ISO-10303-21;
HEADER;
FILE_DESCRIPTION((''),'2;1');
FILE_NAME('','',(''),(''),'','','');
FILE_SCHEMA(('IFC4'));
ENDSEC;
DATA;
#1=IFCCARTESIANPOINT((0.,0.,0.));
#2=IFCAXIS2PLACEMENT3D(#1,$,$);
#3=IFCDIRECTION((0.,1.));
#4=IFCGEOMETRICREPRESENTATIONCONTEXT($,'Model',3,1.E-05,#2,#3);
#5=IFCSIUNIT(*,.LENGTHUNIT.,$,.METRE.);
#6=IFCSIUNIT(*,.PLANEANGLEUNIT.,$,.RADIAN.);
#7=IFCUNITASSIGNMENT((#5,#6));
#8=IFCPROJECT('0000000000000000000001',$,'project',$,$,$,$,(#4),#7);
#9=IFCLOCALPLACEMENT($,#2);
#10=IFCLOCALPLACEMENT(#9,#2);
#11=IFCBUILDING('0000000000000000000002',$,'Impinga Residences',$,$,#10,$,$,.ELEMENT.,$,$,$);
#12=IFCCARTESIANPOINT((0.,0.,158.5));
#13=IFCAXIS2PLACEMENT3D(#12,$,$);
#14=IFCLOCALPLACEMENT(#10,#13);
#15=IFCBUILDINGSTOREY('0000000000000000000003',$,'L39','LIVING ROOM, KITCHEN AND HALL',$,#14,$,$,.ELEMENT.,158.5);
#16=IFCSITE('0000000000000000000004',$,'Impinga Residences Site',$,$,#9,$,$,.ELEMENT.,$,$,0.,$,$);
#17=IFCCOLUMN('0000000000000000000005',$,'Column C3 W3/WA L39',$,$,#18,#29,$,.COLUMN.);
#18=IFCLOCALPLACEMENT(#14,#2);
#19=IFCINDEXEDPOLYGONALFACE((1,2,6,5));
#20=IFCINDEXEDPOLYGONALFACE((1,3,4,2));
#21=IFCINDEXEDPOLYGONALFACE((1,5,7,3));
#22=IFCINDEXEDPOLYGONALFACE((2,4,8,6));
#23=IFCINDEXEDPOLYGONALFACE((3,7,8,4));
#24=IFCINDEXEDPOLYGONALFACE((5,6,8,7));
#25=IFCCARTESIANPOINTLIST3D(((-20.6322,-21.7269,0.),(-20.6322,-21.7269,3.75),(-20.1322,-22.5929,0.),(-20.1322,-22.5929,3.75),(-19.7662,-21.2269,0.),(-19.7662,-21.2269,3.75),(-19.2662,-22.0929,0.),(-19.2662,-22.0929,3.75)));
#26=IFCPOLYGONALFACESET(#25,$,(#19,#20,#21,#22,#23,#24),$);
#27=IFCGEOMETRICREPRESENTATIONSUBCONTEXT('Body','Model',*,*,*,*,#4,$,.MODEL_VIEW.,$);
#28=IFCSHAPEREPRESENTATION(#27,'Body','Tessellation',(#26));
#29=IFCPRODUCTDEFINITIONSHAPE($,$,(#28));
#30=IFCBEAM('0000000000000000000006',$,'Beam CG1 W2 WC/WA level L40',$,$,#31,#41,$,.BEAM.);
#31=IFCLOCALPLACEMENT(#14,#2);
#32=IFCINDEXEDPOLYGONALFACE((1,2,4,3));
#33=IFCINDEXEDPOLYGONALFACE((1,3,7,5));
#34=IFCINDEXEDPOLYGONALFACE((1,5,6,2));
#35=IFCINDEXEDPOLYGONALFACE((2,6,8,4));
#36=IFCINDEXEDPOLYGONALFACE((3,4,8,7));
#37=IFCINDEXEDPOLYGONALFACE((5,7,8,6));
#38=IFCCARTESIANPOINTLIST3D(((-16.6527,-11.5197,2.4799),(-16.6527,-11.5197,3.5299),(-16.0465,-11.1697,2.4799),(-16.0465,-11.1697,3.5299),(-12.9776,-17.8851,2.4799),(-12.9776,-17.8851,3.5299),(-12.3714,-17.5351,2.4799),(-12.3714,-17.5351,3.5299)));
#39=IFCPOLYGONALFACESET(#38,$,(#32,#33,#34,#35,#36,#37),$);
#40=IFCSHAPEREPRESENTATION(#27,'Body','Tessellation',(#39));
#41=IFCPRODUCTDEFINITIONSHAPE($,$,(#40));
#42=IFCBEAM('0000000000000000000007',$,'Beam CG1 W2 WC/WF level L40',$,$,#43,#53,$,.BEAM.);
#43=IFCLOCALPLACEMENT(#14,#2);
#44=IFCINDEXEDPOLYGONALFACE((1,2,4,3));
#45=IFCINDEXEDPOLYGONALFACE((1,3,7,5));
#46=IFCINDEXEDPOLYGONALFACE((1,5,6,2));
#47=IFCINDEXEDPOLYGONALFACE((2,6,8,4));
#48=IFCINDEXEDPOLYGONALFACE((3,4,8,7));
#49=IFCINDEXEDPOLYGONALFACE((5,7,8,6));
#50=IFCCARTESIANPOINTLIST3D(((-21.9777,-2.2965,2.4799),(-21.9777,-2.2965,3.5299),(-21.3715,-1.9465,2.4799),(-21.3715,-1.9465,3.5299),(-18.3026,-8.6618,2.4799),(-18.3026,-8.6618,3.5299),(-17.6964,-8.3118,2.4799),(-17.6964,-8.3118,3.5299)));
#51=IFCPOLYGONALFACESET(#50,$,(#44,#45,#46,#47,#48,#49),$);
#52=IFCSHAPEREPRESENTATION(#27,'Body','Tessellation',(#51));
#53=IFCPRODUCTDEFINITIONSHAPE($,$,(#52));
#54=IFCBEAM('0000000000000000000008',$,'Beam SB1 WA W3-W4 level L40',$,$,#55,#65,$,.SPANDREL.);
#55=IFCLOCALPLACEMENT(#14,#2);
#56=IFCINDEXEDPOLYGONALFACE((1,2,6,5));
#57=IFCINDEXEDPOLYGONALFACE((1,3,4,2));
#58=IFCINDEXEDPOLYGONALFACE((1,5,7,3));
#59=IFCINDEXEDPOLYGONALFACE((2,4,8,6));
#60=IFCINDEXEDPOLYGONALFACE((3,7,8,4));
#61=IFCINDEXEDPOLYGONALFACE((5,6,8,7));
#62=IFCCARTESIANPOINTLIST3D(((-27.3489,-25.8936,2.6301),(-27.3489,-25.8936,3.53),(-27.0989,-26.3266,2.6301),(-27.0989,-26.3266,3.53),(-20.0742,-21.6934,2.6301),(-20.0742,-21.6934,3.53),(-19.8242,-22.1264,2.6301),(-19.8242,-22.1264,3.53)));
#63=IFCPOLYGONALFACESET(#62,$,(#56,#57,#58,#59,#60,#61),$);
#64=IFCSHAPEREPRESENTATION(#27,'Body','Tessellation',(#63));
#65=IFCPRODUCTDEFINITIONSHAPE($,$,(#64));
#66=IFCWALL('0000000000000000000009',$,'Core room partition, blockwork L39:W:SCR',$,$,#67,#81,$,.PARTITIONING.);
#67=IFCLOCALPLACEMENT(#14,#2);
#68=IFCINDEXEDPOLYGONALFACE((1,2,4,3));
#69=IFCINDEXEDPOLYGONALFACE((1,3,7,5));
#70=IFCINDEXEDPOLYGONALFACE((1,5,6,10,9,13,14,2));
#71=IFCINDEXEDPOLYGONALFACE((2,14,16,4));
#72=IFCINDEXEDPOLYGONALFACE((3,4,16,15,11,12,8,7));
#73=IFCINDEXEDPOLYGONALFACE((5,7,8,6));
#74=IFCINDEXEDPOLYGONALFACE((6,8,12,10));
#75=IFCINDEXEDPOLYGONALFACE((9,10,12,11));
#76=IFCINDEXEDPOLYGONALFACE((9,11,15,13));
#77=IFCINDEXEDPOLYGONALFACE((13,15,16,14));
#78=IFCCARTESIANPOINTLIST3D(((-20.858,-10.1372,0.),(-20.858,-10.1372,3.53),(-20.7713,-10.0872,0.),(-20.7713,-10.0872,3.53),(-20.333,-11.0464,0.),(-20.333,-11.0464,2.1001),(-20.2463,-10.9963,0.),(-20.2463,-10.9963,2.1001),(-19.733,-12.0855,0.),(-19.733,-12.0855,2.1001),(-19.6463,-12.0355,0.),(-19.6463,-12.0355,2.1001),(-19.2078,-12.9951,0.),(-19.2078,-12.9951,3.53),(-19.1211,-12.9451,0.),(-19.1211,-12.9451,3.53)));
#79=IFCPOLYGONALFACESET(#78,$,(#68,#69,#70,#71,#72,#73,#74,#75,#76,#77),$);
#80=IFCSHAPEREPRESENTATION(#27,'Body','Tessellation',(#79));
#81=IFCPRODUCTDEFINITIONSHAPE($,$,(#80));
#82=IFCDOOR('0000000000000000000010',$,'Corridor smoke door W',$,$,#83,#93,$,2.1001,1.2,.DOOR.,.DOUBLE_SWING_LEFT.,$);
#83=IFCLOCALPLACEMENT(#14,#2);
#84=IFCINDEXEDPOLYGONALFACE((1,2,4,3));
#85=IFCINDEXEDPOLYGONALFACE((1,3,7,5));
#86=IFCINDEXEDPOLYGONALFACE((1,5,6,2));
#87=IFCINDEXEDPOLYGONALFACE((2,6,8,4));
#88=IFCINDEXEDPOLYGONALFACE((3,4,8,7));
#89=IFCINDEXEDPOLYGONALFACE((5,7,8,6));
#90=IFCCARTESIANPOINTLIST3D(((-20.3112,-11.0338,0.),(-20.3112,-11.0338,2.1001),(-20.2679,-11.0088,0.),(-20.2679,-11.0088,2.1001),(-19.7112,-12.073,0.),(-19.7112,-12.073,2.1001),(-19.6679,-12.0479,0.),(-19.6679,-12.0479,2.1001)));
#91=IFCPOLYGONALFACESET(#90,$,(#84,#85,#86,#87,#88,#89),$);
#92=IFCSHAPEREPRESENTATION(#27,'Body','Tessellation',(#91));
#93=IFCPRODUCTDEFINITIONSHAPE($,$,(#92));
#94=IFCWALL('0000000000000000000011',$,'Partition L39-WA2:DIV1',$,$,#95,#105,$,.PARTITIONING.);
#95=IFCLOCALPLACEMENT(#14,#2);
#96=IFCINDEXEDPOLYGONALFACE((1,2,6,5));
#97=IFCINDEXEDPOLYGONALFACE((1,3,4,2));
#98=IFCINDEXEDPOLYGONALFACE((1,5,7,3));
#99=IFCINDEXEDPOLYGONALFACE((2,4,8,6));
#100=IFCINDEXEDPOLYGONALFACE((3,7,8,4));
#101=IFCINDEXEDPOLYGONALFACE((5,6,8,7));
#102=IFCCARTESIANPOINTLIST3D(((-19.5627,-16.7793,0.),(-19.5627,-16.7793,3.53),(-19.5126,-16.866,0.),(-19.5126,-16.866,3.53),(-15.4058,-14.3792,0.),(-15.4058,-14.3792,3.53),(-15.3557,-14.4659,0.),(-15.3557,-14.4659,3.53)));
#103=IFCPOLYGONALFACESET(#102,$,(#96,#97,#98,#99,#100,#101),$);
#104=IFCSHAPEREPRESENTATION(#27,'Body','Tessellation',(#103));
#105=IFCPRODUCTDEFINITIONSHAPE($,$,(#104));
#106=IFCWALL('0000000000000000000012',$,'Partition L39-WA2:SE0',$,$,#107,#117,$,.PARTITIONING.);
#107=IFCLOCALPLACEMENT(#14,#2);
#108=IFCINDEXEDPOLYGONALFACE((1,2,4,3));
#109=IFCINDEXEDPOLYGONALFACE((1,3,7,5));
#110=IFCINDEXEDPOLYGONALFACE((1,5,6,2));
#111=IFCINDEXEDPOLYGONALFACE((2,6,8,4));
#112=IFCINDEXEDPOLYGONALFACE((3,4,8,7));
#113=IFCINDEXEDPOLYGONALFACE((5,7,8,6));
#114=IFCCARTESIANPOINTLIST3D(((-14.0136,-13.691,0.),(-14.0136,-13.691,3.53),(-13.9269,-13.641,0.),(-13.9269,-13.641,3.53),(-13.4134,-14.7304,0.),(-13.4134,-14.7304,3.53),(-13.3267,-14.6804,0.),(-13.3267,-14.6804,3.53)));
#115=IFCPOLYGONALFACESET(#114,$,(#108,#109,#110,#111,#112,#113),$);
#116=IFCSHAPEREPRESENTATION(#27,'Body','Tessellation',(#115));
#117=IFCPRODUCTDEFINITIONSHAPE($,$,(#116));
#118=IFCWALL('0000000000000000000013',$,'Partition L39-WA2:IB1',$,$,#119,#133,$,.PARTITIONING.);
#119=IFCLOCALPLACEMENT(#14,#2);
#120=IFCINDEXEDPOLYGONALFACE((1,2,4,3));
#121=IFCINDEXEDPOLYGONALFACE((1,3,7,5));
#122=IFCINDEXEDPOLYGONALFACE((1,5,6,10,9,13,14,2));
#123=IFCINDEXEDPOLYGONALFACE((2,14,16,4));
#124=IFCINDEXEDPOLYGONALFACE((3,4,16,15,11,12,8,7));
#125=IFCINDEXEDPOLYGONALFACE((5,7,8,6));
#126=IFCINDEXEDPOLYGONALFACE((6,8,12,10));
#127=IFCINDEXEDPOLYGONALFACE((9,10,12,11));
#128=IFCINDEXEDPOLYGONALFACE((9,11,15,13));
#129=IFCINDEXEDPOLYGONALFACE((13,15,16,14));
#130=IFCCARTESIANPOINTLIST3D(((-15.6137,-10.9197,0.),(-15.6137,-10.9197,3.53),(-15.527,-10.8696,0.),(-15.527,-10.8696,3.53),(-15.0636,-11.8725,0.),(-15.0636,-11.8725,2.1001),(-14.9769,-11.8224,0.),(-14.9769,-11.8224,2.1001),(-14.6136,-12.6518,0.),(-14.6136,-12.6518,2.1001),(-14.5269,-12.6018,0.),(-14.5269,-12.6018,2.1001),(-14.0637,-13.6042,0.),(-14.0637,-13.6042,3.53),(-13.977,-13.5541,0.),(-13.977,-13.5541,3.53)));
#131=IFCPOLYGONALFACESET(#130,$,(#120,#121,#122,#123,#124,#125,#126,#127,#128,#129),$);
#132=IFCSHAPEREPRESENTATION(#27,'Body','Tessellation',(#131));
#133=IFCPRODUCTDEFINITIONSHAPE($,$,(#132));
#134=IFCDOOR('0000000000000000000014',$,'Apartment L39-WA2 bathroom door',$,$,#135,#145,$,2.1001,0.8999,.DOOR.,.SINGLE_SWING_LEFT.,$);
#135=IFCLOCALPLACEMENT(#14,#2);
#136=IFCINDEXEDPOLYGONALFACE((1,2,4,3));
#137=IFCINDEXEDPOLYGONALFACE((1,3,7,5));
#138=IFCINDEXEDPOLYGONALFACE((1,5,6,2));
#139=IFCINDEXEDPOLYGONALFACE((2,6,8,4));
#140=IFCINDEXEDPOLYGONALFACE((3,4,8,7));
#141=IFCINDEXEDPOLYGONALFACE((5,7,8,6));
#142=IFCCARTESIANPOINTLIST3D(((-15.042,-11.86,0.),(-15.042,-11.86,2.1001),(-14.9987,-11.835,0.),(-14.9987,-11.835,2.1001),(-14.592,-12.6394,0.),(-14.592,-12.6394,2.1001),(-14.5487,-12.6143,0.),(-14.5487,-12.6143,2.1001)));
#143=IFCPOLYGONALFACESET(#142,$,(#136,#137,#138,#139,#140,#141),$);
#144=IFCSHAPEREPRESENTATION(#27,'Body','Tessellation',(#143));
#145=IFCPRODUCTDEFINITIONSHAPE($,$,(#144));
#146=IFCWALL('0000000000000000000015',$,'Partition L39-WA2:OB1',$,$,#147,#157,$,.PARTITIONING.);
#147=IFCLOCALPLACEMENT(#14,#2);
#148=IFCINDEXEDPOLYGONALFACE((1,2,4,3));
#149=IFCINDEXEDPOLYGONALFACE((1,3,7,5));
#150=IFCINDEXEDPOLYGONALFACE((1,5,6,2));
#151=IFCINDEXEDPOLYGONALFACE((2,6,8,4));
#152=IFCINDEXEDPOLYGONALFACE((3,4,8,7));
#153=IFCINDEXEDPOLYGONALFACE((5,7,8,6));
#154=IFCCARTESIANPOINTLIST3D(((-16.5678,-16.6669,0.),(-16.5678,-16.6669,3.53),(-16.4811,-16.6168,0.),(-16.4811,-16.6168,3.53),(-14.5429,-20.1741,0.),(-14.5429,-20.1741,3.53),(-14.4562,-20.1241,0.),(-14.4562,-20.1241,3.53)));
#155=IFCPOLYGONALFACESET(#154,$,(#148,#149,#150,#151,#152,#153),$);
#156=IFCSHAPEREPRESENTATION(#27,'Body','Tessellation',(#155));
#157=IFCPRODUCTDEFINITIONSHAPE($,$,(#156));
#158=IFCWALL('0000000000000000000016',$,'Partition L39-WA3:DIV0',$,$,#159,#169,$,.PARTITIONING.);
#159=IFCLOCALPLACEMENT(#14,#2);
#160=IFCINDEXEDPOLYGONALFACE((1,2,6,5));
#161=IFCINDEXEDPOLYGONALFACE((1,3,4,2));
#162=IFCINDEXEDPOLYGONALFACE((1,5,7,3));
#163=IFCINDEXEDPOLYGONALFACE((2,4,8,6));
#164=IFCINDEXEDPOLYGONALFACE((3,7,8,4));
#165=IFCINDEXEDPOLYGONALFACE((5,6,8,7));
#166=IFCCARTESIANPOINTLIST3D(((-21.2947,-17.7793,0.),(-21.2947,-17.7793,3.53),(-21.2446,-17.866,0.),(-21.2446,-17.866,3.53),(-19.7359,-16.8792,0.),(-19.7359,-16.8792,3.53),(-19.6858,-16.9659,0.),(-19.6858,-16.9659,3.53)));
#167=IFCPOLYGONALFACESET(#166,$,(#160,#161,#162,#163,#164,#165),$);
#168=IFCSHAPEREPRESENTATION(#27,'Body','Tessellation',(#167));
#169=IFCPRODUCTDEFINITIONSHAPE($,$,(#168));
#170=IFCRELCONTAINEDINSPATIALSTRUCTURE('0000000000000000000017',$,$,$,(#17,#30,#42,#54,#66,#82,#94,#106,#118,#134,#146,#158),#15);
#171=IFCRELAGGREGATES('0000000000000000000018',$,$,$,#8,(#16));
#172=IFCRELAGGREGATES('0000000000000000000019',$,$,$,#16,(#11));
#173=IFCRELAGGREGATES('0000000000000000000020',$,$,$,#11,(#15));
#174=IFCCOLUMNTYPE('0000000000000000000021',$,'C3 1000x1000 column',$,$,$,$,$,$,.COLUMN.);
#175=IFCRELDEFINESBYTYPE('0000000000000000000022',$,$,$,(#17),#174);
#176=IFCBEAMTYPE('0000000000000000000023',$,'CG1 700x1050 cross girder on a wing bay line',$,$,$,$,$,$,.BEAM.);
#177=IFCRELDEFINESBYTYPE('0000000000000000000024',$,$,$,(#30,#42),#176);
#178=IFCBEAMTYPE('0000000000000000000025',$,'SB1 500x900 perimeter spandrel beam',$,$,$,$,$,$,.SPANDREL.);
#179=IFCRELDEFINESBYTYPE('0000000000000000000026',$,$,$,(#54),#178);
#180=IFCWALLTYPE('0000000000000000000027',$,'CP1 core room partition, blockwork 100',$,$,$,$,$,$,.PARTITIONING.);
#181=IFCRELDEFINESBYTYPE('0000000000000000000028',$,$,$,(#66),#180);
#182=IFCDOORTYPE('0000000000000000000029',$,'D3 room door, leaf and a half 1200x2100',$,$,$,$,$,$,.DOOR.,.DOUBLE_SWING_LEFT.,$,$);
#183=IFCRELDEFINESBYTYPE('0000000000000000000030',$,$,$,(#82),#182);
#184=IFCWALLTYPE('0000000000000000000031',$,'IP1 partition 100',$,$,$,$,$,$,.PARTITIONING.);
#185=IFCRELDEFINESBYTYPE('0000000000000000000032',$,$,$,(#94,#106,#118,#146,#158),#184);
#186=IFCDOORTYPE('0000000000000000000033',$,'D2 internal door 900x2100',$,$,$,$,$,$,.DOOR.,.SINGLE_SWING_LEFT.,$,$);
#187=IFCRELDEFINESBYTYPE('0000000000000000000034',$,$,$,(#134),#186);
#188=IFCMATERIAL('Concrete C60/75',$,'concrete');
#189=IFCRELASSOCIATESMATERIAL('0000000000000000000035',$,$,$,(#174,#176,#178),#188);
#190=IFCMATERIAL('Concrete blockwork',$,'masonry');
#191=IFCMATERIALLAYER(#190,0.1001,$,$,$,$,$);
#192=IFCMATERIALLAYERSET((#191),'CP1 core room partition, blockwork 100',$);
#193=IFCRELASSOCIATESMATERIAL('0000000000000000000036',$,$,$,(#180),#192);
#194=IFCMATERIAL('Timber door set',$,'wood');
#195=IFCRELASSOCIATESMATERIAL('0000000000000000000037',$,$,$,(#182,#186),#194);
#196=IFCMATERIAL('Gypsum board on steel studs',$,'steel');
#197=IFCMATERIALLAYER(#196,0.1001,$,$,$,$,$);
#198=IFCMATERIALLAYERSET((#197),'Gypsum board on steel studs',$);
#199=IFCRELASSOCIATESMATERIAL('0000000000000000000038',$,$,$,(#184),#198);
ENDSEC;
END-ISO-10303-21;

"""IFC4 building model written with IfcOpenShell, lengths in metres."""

from ifc_helpers import new_model, si_unit, direction, frame, frame_2d, origin, origin_2d, place, context, subcontext, project, spatial, rectangle, extrude, material, layer, layer_set, material_profile, profile_set, type_object, element, fill, save


model = new_model("IFC4")

# Units and contexts
model_context = context("Model", 3, precision=1e-05, world=origin(), true_north=direction((0.0, 1.0)))
body_context = subcontext(model_context, "Body", "Model", "MODEL_VIEW")
ifc_project = project(units=[si_unit("LENGTHUNIT", "METRE"), si_unit("PLANEANGLEUNIT", "RADIAN")], contexts=[model_context])

# Site, building, storey
site_placement = place(None, origin())
site = spatial("IfcSite", under=ifc_project, at=site_placement, Name="Impinga Residences Site", CompositionType="ELEMENT", RefElevation=0.0)
building_placement = place(site_placement, origin())
building = spatial("IfcBuilding", under=site, at=building_placement, Name="Impinga Residences", CompositionType="ELEMENT")
storey_placement = place(building_placement, frame((0.0, 0.0, 158.5)))
storey = spatial("IfcBuildingStorey", under=building, at=storey_placement, Name="L39", Description="LIVING ROOM, KITCHEN AND HALL", CompositionType="ELEMENT", Elevation=158.5)

# Column
ifc_material_1 = material(Name="Concrete C60/75", Category="concrete")
ifc_material_profile_1 = material_profile(ifc_material_1, rectangle(XDim=1.0, YDim=1.0, at=origin_2d()), Name="RC 1000x1000")
ifc_profile_set_1 = profile_set([ifc_material_profile_1], Name="Concrete C60/75")
column_type = type_object("IfcColumnType", Name="C3 1000x1000 column", PredefinedType="COLUMN", material=ifc_profile_set_1)
column_placement = place(storey_placement, frame((-19.9492, -21.9099, 0.0), z_axis=(0.0, 0.0, 1.0), x_axis=(-0.5, 0.866025, 0.0)))
element("IfcColumn", 1, at=column_placement, inside=storey, type_object=column_type, Name="Column C3 W3/WA L39", PredefinedType="COLUMN", context=body_context, shape_type="SweptSolid", body=[
    extrude(rectangle(XDim=1.0, YDim=1.0, at=origin_2d()), origin(), (0.0, 0.0, 1.0), 3.75),
])

# Beams
ifc_material_profile_2 = material_profile(ifc_material_1, rectangle(XDim=0.7, YDim=1.05, at=origin_2d()), Name="RC 700x1050")
ifc_profile_set_2 = profile_set([ifc_material_profile_2], Name="Concrete C60/75")
beam_type_1 = type_object("IfcBeamType", Name="CG1 700x1050 cross girder on a wing bay line", PredefinedType="BEAM", material=ifc_profile_set_2)
for number, where, z_axis, x_axis, name in (
    (2, (-16.3496, -11.3447, 3.0049), (0.500008, -0.866021, 0.0), (0.866021, 0.500008, 0.0), "Beam CG1 W2 WC/WA level L40"),
    (3, (-17.9995, -8.4868, 3.0049), (-0.500008, 0.866021, 0.0), (-0.866021, -0.500008, 0.0), "Beam CG1 W2 WC/WF level L40"),
):
    element("IfcBeam", number, at=place(storey_placement, frame(where, z_axis=z_axis, x_axis=x_axis)), inside=storey, type_object=beam_type_1, Name=name, PredefinedType="BEAM", context=body_context, shape_type="SweptSolid", body=[
        extrude(rectangle(XDim=0.7, YDim=1.05, at=origin_2d()), origin(), (0.0, 0.0, 1.0), 7.3501),
    ])
ifc_material_profile_3 = material_profile(ifc_material_1, rectangle(XDim=0.5, YDim=0.8999, at=origin_2d()), Name="RC 500x900")
ifc_profile_set_3 = profile_set([ifc_material_profile_3], Name="Concrete C60/75")
beam_type_2 = type_object("IfcBeamType", Name="SB1 500x900 perimeter spandrel beam", PredefinedType="SPANDREL", material=ifc_profile_set_3)
beam_placement = place(storey_placement, frame((-19.9492, -21.9099, 3.0801), z_axis=(-0.866017, -0.500015, 0.0), x_axis=(0.500015, -0.866017, 0.0)))
element("IfcBeam", 4, at=beam_placement, inside=storey, type_object=beam_type_2, Name="Beam SB1 WA W3-W4 level L40", PredefinedType="SPANDREL", context=body_context, shape_type="SweptSolid", body=[
    extrude(rectangle(XDim=0.5, YDim=0.8999, at=origin_2d()), origin(), (0.0, 0.0, 1.0), 8.4001),
])

# Wall, opening, door
ifc_material_2 = material(Name="Concrete blockwork", Category="masonry")
ifc_layer_1 = layer(ifc_material_2, 0.1001)
ifc_layer_set_1 = layer_set([ifc_layer_1], Name="CP1 core room partition, blockwork 100")
wall_type_1 = type_object("IfcWallType", Name="CP1 core room partition, blockwork 100", PredefinedType="PARTITIONING", material=ifc_layer_set_1)
wall_1_placement = place(storey_placement, frame((-19.1646, -12.97, 0.0), z_axis=(0.0, 0.0, 1.0), x_axis=(-0.50003, 0.866008, 0.0)))
wall_1 = element("IfcWall", 5, at=wall_1_placement, inside=storey, type_object=wall_type_1, Name="Core room partition, blockwork L39:W:SCR", PredefinedType="PARTITIONING", context=body_context, shape_type="SweptSolid", body=[
    extrude(rectangle(XDim=3.3, YDim=0.1001, at=frame_2d((1.6499, 0.0))), origin(), (0.0, 0.0, 1.0), 3.53),
])
opening_1_placement = place(wall_1_placement, frame((1.05, 0.0, 0.0)))
opening_1 = element("IfcOpeningElement", 6, at=opening_1_placement, cuts=wall_1, PredefinedType="OPENING", context=body_context, shape_type="SweptSolid", body=[
    extrude(rectangle(XDim=1.2, YDim=2.1001, at=frame_2d((0.6001, 1.05))), frame((0.0, 0.0601, 0.0), z_axis=(0.0, -1.0, 0.0), x_axis=(1.0, 0.0, 0.0)), (0.0, 0.0, 1.0), 0.1201),
])
ifc_material_3 = material(Name="Timber door set", Category="wood")
door_type_1 = type_object("IfcDoorType", Name="D3 room door, leaf and a half 1200x2100", OperationType="DOUBLE_SWING_LEFT", PredefinedType="DOOR", material=ifc_material_3)
door_1_placement = place(opening_1_placement, origin())
door_1 = element("IfcDoor", 7, at=door_1_placement, inside=storey, type_object=door_type_1, Name="Corridor smoke door W", OperationType="DOUBLE_SWING_LEFT", OverallHeight=2.1001, OverallWidth=1.2, PredefinedType="DOOR", context=body_context, shape_type="SweptSolid", body=[
    extrude(rectangle(XDim=1.2, YDim=2.1001, at=frame_2d((0.6001, 1.05))), frame((0.0, 0.0249, 0.0), z_axis=(0.0, -1.0, 0.0), x_axis=(1.0, 0.0, 0.0)), (0.0, 0.0, 1.0), 0.05),
])
fill(opening_1, door_1)

# Walls
ifc_material_4 = material(Name="Gypsum board on steel studs", Category="steel")
ifc_layer_2 = layer(ifc_material_4, 0.1001)
ifc_layer_set_2 = layer_set([ifc_layer_2], Name="Gypsum board on steel studs")
wall_type_2 = type_object("IfcWallType", Name="IP1 partition 100", PredefinedType="PARTITIONING", material=ifc_layer_set_2)
wall_2_placement = place(storey_placement, frame((-15.3809, -14.4226, 0.0), z_axis=(0.0, 0.0, 1.0), x_axis=(-0.866015, -0.500017, 0.0)))
element("IfcWall", 8, at=wall_2_placement, inside=storey, type_object=wall_type_2, Name="Partition L39-WA2:DIV1", PredefinedType="PARTITIONING", context=body_context, shape_type="SweptSolid", body=[
    extrude(rectangle(XDim=4.8, YDim=0.1001, at=frame_2d((2.3999, 0.0))), origin(), (0.0, 0.0, 1.0), 3.53),
])
wall_3_placement = place(storey_placement, frame((-13.9702, -13.666, 0.0), z_axis=(0.0, 0.0, 1.0), x_axis=(0.500034, -0.866006, 0.0)))
element("IfcWall", 9, at=wall_3_placement, inside=storey, type_object=wall_type_2, Name="Partition L39-WA2:SE0", PredefinedType="PARTITIONING", context=body_context, shape_type="SweptSolid", body=[
    extrude(rectangle(XDim=1.2002, YDim=0.1001, at=frame_2d((0.6001, 0.0))), origin(), (0.0, 0.0, 1.0), 3.53),
])

# Wall, opening, door
wall_4_placement = place(storey_placement, frame((-15.5703, -10.8948, 0.0), z_axis=(0.0, 0.0, 1.0), x_axis=(0.500027, -0.86601, 0.0)))
wall_4 = element("IfcWall", 10, at=wall_4_placement, inside=storey, type_object=wall_type_2, Name="Partition L39-WA2:IB1", PredefinedType="PARTITIONING", context=body_context, shape_type="SweptSolid", body=[
    extrude(rectangle(XDim=3.0999, YDim=0.1001, at=frame_2d((1.5498, 0.0))), origin(), (0.0, 0.0, 1.0), 3.53),
])
opening_2_placement = place(wall_4_placement, frame((1.1001, 0.0, 0.0)))
opening_2 = element("IfcOpeningElement", 11, at=opening_2_placement, cuts=wall_4, PredefinedType="OPENING", context=body_context, shape_type="SweptSolid", body=[
    extrude(rectangle(XDim=0.8999, YDim=2.1001, at=frame_2d((0.45, 1.05))), frame((0.0, 0.0601, 0.0), z_axis=(0.0, -1.0, 0.0), x_axis=(1.0, 0.0, 0.0)), (0.0, 0.0, 1.0), 0.1201),
])
door_type_2 = type_object("IfcDoorType", Name="D2 internal door 900x2100", OperationType="SINGLE_SWING_LEFT", PredefinedType="DOOR", material=ifc_material_3)
door_2_placement = place(opening_2_placement, origin())
door_2 = element("IfcDoor", 12, at=door_2_placement, inside=storey, type_object=door_type_2, Name="Apartment L39-WA2 bathroom door", OperationType="SINGLE_SWING_LEFT", OverallHeight=2.1001, OverallWidth=0.8999, PredefinedType="DOOR", context=body_context, shape_type="SweptSolid", body=[
    extrude(rectangle(XDim=0.8999, YDim=2.1001, at=frame_2d((0.45, 1.05))), frame((0.0, 0.0249, 0.0), z_axis=(0.0, -1.0, 0.0), x_axis=(1.0, 0.0, 0.0)), (0.0, 0.0, 1.0), 0.05),
])
fill(opening_2, door_2)

# Walls
wall_5_placement = place(storey_placement, frame((-16.5244, -16.6418, 0.0), z_axis=(0.0, 0.0, 1.0), x_axis=(0.49999, -0.866031, 0.0)))
element("IfcWall", 13, at=wall_5_placement, inside=storey, type_object=wall_type_2, Name="Partition L39-WA2:OB1", PredefinedType="PARTITIONING", context=body_context, shape_type="SweptSolid", body=[
    extrude(rectangle(XDim=4.0498, YDim=0.1001, at=frame_2d((2.0249, 0.0))), origin(), (0.0, 0.0, 1.0), 3.53),
])
wall_6_placement = place(storey_placement, frame((-19.7109, -16.9226, 0.0), z_axis=(0.0, 0.0, 1.0), x_axis=(-0.865989, -0.500063, 0.0)))
element("IfcWall", 14, at=wall_6_placement, inside=storey, type_object=wall_type_2, Name="Partition L39-WA3:DIV0", PredefinedType="PARTITIONING", context=body_context, shape_type="SweptSolid", body=[
    extrude(rectangle(XDim=1.8, YDim=0.1001, at=frame_2d((0.8999, 0.0))), origin(), (0.0, 0.0, 1.0), 3.53),
])

save(model, "model.ifc")
